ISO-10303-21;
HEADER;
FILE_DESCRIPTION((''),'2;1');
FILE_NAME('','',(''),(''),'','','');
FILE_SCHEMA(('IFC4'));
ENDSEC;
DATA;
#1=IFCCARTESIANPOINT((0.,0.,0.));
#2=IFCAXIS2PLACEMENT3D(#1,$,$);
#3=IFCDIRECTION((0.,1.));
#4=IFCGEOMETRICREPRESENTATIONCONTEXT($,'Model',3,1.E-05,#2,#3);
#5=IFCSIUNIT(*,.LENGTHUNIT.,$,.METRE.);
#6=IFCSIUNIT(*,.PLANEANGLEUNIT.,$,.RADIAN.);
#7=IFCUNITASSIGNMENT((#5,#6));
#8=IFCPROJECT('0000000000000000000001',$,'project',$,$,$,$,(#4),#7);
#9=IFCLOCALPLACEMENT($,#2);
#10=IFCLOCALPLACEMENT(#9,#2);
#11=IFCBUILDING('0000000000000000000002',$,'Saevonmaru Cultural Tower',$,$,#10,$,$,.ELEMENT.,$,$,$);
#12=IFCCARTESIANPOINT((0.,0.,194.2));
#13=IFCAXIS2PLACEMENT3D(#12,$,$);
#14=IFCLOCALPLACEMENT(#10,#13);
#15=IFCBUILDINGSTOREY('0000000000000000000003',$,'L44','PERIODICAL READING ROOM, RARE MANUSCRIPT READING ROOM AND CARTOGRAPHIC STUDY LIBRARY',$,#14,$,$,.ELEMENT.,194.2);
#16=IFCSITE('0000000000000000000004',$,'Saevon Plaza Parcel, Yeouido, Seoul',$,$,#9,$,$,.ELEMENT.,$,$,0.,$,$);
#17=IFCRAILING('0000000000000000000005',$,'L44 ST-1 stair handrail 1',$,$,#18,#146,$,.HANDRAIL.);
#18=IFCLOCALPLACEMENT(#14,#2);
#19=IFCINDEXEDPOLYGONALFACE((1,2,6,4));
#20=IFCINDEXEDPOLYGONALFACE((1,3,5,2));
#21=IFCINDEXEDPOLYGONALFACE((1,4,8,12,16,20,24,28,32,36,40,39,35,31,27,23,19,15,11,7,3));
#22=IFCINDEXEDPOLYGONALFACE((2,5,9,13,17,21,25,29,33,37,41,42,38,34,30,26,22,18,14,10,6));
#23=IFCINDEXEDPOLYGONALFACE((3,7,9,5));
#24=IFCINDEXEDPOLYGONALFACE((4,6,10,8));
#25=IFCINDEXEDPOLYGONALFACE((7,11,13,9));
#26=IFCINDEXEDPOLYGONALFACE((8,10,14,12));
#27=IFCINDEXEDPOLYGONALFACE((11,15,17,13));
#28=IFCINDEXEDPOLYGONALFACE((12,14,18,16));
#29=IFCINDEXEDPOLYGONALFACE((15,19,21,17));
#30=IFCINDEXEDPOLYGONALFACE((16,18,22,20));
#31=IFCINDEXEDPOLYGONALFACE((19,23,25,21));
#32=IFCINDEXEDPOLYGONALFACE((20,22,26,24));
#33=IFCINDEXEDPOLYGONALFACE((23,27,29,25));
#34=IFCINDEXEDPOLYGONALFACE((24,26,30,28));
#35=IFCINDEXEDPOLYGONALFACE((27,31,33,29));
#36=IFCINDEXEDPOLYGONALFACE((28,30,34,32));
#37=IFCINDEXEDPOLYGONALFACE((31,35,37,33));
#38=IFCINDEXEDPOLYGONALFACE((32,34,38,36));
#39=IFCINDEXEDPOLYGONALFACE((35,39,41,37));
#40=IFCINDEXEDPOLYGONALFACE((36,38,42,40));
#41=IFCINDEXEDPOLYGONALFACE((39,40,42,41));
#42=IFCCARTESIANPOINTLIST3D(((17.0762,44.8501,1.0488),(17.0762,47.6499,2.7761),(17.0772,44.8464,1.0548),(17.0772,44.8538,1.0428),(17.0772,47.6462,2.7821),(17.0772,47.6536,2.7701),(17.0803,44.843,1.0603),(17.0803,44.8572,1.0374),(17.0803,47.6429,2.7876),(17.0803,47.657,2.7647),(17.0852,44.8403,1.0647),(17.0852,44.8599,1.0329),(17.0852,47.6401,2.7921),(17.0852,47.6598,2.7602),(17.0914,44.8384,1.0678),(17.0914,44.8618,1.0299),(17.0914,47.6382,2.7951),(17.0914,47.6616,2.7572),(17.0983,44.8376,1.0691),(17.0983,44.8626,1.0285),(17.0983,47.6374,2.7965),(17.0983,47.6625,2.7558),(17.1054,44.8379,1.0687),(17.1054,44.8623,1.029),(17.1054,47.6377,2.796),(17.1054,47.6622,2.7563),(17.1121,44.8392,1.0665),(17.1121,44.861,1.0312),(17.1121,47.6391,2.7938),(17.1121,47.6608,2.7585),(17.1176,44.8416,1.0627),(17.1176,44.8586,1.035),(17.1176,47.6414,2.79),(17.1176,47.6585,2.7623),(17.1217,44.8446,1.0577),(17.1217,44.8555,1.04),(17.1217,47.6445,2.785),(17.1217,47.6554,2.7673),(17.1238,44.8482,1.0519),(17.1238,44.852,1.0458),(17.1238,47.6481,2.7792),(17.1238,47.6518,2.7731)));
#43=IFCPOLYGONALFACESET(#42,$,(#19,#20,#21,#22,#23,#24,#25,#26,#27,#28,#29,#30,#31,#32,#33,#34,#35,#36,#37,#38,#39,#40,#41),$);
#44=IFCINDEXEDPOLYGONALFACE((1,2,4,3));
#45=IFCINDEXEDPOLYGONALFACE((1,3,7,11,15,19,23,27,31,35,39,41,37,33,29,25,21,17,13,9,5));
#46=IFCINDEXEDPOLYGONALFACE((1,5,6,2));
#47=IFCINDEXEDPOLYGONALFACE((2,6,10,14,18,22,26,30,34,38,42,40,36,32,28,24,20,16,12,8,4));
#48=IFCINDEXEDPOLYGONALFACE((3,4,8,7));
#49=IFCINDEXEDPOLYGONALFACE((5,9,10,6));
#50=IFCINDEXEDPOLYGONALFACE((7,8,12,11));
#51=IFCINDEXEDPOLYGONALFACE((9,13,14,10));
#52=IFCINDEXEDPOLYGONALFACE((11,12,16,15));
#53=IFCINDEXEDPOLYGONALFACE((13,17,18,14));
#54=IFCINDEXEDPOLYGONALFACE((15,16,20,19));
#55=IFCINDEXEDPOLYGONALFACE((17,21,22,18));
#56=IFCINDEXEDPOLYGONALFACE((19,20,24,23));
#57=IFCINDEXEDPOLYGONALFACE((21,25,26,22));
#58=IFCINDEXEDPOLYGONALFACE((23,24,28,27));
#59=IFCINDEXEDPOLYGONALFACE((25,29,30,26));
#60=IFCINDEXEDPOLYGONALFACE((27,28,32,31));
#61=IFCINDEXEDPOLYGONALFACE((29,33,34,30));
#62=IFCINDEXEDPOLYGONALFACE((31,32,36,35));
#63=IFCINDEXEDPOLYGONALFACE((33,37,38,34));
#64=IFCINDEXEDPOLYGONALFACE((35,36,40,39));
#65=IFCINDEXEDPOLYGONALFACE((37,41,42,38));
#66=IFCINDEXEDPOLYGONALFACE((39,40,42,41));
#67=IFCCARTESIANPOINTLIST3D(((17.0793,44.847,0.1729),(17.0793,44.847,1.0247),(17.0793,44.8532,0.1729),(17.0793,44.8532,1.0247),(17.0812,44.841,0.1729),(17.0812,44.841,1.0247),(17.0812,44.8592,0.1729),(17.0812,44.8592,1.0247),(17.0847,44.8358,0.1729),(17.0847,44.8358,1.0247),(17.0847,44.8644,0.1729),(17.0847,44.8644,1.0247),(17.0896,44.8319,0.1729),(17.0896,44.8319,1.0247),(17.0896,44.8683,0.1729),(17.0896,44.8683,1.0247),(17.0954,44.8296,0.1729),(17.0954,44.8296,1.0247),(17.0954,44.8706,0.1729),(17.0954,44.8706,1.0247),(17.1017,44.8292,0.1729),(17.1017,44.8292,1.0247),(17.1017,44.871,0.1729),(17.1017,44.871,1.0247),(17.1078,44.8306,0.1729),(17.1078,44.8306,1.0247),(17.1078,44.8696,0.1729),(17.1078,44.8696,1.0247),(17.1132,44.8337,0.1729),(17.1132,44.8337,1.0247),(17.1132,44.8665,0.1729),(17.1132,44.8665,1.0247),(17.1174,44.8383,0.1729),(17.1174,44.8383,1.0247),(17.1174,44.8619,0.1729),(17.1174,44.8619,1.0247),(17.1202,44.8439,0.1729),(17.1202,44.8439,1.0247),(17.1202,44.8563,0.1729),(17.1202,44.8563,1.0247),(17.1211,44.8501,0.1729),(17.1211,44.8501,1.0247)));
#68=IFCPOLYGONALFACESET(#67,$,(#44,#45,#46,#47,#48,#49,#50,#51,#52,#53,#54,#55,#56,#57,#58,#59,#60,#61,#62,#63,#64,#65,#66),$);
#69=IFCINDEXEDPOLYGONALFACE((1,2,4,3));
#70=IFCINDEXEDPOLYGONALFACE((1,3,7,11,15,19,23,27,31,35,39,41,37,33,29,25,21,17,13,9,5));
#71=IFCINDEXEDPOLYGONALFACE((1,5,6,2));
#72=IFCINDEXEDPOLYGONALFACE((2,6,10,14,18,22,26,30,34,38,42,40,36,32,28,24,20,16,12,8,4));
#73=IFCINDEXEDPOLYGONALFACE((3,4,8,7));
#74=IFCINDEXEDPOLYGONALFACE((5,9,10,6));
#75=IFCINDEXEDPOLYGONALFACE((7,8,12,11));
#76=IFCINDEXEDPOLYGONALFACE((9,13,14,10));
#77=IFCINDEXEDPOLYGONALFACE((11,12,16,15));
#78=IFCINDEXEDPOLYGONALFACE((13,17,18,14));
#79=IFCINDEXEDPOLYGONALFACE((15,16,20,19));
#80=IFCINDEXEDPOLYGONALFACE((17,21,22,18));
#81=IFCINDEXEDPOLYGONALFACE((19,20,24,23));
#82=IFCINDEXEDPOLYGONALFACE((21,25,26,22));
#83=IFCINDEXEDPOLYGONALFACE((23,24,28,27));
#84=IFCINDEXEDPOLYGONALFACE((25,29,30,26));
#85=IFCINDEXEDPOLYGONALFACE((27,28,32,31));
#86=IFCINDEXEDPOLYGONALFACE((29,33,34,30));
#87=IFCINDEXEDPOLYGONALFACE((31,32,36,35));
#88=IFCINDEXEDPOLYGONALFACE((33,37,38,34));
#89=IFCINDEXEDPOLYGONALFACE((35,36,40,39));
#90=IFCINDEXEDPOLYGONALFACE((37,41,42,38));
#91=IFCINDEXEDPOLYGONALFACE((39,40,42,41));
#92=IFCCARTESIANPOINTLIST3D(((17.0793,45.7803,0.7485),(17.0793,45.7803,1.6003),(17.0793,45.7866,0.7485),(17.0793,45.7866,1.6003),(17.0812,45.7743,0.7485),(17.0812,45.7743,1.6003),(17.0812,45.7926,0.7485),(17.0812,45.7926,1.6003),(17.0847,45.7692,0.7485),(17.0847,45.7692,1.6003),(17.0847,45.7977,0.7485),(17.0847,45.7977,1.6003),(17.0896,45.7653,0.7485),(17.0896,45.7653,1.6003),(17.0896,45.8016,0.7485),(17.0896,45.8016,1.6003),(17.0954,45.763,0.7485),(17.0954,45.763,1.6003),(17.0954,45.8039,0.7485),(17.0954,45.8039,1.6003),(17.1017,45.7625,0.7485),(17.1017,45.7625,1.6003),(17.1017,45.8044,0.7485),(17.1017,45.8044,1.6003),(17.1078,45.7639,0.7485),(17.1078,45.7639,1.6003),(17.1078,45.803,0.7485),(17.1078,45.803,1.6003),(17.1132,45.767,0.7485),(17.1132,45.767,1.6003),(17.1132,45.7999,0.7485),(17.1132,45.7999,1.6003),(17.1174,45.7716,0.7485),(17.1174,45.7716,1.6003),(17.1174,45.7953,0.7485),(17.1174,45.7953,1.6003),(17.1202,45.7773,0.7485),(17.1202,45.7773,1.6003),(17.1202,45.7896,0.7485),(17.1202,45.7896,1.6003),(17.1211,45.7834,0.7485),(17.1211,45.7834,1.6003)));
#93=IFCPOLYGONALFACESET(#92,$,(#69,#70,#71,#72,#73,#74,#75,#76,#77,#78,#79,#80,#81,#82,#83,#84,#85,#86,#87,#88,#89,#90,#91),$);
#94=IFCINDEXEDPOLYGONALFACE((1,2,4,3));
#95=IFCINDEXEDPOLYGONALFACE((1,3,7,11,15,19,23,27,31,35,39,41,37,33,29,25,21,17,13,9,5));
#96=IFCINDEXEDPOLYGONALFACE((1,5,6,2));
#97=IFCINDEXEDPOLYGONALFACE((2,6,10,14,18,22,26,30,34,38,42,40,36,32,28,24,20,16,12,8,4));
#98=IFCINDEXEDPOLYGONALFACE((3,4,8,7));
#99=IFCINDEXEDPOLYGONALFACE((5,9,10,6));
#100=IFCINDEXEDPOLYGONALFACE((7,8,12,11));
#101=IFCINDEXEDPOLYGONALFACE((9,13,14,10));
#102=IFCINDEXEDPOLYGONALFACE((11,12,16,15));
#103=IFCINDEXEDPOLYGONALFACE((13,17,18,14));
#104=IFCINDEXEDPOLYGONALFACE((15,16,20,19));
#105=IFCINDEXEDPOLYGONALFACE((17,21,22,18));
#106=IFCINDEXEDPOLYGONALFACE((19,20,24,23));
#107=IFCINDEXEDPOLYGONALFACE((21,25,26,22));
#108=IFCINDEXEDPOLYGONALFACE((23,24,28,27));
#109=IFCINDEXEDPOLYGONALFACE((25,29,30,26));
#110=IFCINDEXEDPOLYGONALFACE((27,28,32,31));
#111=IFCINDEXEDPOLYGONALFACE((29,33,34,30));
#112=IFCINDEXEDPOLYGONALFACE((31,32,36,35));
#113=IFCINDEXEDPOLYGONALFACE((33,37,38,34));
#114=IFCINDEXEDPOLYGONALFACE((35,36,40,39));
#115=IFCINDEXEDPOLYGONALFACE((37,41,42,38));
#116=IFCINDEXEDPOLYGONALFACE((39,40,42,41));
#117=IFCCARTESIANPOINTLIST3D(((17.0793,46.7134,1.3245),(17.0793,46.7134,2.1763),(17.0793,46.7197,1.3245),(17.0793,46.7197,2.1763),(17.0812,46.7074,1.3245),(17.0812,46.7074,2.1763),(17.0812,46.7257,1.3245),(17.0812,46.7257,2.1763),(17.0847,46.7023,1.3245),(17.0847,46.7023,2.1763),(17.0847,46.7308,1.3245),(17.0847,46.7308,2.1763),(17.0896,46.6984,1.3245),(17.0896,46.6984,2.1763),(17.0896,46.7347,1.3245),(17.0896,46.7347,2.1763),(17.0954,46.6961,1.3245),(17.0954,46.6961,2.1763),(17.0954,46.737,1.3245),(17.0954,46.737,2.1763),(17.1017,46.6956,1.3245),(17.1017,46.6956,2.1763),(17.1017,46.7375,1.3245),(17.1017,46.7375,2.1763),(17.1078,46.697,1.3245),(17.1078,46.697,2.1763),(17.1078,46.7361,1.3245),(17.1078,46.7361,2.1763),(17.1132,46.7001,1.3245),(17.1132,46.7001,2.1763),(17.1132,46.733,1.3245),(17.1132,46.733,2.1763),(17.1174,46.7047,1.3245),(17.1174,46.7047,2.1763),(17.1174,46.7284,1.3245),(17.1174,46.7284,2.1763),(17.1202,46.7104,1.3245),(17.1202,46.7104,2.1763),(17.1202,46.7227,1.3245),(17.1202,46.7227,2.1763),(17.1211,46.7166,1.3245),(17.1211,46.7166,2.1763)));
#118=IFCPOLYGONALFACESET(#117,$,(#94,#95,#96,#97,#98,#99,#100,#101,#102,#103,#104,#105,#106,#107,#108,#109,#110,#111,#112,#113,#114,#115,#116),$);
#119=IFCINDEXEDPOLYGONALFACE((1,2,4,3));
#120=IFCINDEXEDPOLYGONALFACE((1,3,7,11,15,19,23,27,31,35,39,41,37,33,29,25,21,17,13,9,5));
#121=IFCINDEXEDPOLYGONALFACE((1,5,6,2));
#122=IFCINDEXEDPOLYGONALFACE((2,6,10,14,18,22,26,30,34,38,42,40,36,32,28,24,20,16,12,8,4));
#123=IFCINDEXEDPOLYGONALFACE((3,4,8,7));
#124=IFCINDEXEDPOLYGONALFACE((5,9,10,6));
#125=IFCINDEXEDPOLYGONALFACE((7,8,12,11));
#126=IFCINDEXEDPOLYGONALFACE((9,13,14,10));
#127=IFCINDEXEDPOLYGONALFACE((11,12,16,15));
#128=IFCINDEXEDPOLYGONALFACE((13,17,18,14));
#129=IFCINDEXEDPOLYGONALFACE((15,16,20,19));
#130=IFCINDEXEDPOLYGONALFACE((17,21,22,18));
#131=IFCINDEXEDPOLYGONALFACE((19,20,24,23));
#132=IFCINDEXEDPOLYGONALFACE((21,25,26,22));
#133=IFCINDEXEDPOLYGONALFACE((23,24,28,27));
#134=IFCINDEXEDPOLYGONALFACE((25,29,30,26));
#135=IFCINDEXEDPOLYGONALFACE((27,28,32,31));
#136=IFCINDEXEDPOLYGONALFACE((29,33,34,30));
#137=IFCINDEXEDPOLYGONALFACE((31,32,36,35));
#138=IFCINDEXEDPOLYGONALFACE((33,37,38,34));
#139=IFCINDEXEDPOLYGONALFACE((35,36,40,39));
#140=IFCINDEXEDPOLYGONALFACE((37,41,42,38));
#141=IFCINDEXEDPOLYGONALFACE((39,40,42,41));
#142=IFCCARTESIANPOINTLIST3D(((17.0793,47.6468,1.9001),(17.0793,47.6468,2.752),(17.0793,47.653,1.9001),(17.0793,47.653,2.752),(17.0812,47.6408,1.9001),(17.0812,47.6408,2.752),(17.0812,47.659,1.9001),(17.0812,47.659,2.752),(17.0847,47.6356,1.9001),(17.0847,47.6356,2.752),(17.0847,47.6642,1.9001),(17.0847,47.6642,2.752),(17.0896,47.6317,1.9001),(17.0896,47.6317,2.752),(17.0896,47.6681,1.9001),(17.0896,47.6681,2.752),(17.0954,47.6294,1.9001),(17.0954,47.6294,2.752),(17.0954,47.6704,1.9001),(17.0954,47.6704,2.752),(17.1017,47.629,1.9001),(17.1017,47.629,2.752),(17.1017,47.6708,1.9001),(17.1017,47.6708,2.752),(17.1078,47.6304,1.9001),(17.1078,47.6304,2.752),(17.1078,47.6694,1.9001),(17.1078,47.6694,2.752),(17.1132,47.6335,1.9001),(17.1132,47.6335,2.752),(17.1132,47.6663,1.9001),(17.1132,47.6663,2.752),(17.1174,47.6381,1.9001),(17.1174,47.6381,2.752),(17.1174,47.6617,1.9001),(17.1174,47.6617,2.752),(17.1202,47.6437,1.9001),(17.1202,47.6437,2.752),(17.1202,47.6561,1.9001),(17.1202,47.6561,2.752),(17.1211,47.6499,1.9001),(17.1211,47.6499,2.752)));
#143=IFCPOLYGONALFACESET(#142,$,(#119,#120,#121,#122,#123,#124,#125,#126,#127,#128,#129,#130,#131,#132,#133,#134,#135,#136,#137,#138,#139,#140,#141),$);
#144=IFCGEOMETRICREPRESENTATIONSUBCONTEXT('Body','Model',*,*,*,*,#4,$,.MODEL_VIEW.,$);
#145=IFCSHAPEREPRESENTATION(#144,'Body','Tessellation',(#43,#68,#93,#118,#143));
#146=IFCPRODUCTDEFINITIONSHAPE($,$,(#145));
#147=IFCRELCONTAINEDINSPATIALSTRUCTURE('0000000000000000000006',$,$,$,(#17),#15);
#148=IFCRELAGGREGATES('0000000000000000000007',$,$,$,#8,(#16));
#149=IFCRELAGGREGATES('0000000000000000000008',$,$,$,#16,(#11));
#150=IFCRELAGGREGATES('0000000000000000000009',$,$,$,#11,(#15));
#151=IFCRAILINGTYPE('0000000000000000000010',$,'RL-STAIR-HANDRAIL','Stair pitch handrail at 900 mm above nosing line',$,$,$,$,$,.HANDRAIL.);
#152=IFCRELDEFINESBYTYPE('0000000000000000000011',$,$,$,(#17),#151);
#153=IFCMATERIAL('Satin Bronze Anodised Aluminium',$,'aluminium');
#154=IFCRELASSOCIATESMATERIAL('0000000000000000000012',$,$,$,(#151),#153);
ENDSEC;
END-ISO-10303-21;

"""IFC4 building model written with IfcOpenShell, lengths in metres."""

from ifc_helpers import new_model, si_unit, direction, frame, origin, origin_2d, place, context, subcontext, project, spatial, circle, extrude, material, type_object, element, save


model = new_model("IFC4")

# Units and contexts
model_context = context("Model", 3, precision=1e-05, world=origin(), true_north=direction((0.0, 1.0)))
body_context = subcontext(model_context, "Body", "Model", "MODEL_VIEW")
ifc_project = project(units=[si_unit("LENGTHUNIT", "METRE"), si_unit("PLANEANGLEUNIT", "RADIAN")], contexts=[model_context])

# Site, building, storey
site_placement = place(None, origin())
site = spatial("IfcSite", under=ifc_project, at=site_placement, Name="Saevon Plaza Parcel, Yeouido, Seoul", CompositionType="ELEMENT", RefElevation=0.0)
building_placement = place(site_placement, origin())
building = spatial("IfcBuilding", under=site, at=building_placement, Name="Saevonmaru Cultural Tower", CompositionType="ELEMENT")
storey_placement = place(building_placement, frame((0.0, 0.0, 194.2)))
storey = spatial("IfcBuildingStorey", under=building, at=storey_placement, Name="L44", Description="PERIODICAL READING ROOM, RARE MANUSCRIPT READING ROOM AND CARTOGRAPHIC STUDY LIBRARY", CompositionType="ELEMENT", Elevation=194.2)

# Shared definitions
ifc_material_1 = material(Name="Satin Bronze Anodised Aluminium", Category="aluminium")

# Railing
railing_type_1 = type_object("IfcRailingType", Name="RL-STAIR-HANDRAIL", Description="Stair pitch handrail at 900 mm above nosing line", PredefinedType="HANDRAIL", material=ifc_material_1)
railing_1_placement = place(storey_placement, frame((17.1001, 44.8501, 0.1729)))
element("IfcRailing", 1, at=railing_1_placement, inside=storey, type_object=railing_type_1, Name="L44 ST-1 stair handrail 1", PredefinedType="HANDRAIL", context=body_context, shape_type="SweptSolid", body=[
    extrude(circle(Radius=0.0239, at=origin_2d()), frame((0.0, 0.0, 0.876), z_axis=(0.0, 0.851069, 0.525054), x_axis=(-1.0, 0.0, 0.0)), (0.0, 0.0, 1.0), 3.2898),
    extrude(circle(Radius=0.021, at=origin_2d()), origin(), (0.0, 0.0, 1.0), 0.8518),
    extrude(circle(Radius=0.021, at=origin_2d()), frame((0.0, 0.9333, 0.5757)), (0.0, 0.0, 1.0), 0.8518),
    extrude(circle(Radius=0.021, at=origin_2d()), frame((0.0, 1.8665, 1.1516)), (0.0, 0.0, 1.0), 0.8518),
    extrude(circle(Radius=0.021, at=origin_2d()), frame((0.0, 2.7998, 1.7273)), (0.0, 0.0, 1.0), 0.8518),
])

save(model, "model.ifc")
